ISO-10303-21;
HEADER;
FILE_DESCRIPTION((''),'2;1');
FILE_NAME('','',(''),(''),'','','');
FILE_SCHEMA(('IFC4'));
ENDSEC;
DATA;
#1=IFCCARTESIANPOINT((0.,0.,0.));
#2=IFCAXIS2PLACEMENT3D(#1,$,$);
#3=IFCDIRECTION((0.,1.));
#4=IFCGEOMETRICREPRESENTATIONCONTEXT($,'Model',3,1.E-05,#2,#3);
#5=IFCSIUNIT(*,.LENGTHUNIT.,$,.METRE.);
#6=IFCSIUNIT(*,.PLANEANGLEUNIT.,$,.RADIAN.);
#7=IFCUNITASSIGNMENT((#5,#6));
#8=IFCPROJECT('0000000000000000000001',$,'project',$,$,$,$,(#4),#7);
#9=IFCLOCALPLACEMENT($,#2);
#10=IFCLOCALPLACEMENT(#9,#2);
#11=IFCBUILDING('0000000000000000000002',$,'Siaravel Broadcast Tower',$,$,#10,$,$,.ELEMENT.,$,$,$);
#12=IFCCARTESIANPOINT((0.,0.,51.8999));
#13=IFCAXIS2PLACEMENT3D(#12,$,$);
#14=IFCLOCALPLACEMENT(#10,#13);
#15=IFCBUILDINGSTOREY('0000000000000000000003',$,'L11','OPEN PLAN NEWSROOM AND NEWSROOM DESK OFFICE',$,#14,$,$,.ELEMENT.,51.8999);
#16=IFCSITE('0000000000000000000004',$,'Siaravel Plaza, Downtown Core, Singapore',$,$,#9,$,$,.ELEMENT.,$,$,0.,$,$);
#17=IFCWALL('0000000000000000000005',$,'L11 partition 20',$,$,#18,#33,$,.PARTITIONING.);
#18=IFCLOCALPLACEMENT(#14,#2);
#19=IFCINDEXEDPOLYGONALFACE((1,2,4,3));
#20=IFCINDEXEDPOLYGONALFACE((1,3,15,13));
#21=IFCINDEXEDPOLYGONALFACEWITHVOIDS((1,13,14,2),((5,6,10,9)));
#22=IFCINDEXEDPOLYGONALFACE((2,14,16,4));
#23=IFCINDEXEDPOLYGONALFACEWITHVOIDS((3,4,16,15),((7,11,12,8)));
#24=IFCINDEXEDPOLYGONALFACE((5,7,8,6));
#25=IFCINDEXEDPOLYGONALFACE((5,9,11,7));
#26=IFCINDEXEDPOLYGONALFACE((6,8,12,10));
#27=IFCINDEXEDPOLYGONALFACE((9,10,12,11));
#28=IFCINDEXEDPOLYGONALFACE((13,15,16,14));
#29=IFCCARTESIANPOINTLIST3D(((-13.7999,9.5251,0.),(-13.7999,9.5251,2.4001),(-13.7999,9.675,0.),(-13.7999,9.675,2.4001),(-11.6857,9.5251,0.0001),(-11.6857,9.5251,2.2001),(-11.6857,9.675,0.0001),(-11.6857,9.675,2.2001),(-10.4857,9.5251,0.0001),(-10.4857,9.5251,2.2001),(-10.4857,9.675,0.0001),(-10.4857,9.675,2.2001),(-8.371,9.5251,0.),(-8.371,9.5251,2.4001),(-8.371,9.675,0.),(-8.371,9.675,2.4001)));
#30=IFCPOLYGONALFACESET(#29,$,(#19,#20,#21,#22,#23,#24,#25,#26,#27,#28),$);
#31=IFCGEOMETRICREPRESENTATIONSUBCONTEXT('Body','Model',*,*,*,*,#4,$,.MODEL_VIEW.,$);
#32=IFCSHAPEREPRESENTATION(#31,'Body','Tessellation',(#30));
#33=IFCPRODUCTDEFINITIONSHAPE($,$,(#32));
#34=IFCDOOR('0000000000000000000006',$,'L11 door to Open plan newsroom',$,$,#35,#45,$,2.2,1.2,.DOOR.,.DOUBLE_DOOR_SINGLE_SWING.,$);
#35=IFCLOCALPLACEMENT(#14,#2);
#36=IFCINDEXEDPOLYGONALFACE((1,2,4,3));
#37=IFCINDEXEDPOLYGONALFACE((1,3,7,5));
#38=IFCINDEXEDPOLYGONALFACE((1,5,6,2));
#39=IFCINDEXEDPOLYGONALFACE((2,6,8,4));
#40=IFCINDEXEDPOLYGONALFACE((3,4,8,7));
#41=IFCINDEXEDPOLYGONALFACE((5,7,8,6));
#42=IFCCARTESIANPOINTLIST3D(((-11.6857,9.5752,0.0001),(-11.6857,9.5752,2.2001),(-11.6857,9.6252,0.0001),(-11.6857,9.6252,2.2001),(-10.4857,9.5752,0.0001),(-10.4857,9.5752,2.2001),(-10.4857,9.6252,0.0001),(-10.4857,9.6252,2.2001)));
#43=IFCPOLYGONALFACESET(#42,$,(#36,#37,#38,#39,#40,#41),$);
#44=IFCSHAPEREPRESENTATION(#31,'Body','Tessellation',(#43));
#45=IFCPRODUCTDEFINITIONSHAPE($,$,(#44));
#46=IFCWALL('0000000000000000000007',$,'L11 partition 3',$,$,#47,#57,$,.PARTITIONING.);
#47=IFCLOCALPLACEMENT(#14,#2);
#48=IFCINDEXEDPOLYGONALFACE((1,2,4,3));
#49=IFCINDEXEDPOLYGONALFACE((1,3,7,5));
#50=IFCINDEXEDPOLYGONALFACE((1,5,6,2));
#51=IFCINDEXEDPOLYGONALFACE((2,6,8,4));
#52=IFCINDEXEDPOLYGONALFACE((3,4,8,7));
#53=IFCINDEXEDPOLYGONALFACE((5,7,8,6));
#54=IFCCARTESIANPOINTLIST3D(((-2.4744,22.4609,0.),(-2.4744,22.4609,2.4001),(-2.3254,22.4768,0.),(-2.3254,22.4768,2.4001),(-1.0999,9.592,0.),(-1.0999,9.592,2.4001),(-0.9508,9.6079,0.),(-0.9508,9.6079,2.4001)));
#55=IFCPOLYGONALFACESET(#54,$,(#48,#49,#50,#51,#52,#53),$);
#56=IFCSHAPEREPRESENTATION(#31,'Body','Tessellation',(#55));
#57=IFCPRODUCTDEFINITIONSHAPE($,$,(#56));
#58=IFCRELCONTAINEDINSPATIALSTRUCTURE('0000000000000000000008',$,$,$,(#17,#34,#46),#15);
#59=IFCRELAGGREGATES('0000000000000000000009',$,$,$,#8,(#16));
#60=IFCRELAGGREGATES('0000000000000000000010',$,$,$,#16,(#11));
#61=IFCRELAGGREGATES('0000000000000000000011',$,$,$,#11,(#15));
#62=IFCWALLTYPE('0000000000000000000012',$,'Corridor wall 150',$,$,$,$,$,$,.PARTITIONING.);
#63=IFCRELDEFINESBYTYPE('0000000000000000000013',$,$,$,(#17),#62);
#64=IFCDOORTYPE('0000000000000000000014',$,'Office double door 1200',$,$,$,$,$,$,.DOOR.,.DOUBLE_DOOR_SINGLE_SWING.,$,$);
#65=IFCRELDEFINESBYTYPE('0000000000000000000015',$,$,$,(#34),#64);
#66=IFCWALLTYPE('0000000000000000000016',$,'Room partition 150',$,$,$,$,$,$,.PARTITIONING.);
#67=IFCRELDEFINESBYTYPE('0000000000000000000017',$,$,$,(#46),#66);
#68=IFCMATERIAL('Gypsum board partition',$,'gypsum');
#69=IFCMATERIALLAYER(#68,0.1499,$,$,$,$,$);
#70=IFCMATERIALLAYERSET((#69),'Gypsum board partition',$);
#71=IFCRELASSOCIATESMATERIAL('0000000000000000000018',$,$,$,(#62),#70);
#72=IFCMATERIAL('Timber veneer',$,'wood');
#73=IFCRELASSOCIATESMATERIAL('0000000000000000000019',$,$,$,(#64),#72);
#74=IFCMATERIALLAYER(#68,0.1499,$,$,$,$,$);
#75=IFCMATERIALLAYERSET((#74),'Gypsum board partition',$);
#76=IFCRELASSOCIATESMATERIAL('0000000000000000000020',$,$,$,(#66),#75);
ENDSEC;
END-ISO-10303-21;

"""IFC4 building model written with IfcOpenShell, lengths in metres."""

from ifc_helpers import new_model, si_unit, direction, frame, frame_2d, origin, place, context, subcontext, project, spatial, rectangle, extrude, material, layer, layer_set, type_object, element, fill, save


model = new_model("IFC4")

# Units and contexts
model_context = context("Model", 3, precision=1e-05, world=origin(), true_north=direction((0.0, 1.0)))
body_context = subcontext(model_context, "Body", "Model", "MODEL_VIEW")
ifc_project = project(units=[si_unit("LENGTHUNIT", "METRE"), si_unit("PLANEANGLEUNIT", "RADIAN")], contexts=[model_context])

# Site, building, storey
site_placement = place(None, origin())
site = spatial("IfcSite", under=ifc_project, at=site_placement, Name="Siaravel Plaza, Downtown Core, Singapore", CompositionType="ELEMENT", RefElevation=0.0)
building_placement = place(site_placement, origin())
building = spatial("IfcBuilding", under=site, at=building_placement, Name="Siaravel Broadcast Tower", CompositionType="ELEMENT")
storey_placement = place(building_placement, frame((0.0, 0.0, 51.8999)))
storey = spatial("IfcBuildingStorey", under=building, at=storey_placement, Name="L11", Description="OPEN PLAN NEWSROOM AND NEWSROOM DESK OFFICE", CompositionType="ELEMENT", Elevation=51.8999)

# Wall, opening, door
ifc_material_1 = material(Name="Gypsum board partition", Category="gypsum")
ifc_layer_1 = layer(ifc_material_1, 0.1499)
ifc_layer_set_1 = layer_set([ifc_layer_1], Name="Gypsum board partition")
wall_type_1 = type_object("IfcWallType", Name="Corridor wall 150", PredefinedType="PARTITIONING", material=ifc_layer_set_1)
ifc_material_2 = material(Name="Timber veneer", Category="wood")
door_type = type_object("IfcDoorType", Name="Office double door 1200", OperationType="DOUBLE_DOOR_SINGLE_SWING", PredefinedType="DOOR", material=ifc_material_2)
wall_1_placement = place(storey_placement, frame((-8.3711, 9.6001, 0.0), z_axis=(0.0, 0.0, 1.0), x_axis=(-1.0, 0.0, 0.0)))
wall_1 = element("IfcWall", 1, at=wall_1_placement, inside=storey, type_object=wall_type_1, Name="L11 partition 20", PredefinedType="PARTITIONING", context=body_context, shape_type="SweptSolid", body=[
    extrude(rectangle(XDim=5.429, YDim=0.1499, at=frame_2d((2.7144, 0.0))), origin(), (0.0, 0.0, 1.0), 2.4001),
])
opening_1_placement = place(wall_1_placement, frame((2.1145, 0.0, 0.0)))
opening_1 = element("IfcOpeningElement", 2, at=opening_1_placement, cuts=wall_1, PredefinedType="OPENING", context=body_context, shape_type="SweptSolid", body=[
    extrude(rectangle(XDim=1.2, YDim=2.2, at=frame_2d((0.6001, 1.1001))), frame((0.0, 0.085, 0.0), z_axis=(0.0, -1.0, 0.0), x_axis=(1.0, 0.0, 0.0)), (0.0, 0.0, 1.0), 0.1699),
])
door_1_placement = place(opening_1_placement, origin())
door_1 = element("IfcDoor", 3, at=door_1_placement, inside=storey, type_object=door_type, Name="L11 door to Open plan newsroom", OperationType="DOUBLE_DOOR_SINGLE_SWING", OverallHeight=2.2, OverallWidth=1.2, PredefinedType="DOOR", context=body_context, shape_type="SweptSolid", body=[
    extrude(rectangle(XDim=1.2, YDim=2.2, at=frame_2d((0.6001, 1.1001))), frame((0.0, 0.0249, 0.0), z_axis=(0.0, -1.0, 0.0), x_axis=(1.0, 0.0, 0.0)), (0.0, 0.0, 1.0), 0.05),
])
fill(opening_1, door_1)

# Wall
ifc_layer_2 = layer(ifc_material_1, 0.1499)
ifc_layer_set_2 = layer_set([ifc_layer_2], Name="Gypsum board partition")
wall_type_2 = type_object("IfcWallType", Name="Room partition 150", PredefinedType="PARTITIONING", material=ifc_layer_set_2)
wall_2_placement = place(storey_placement, frame((-2.3999, 22.469, 0.0), z_axis=(0.0, 0.0, 1.0), x_axis=(0.106205, -0.994344, 0.0)))
element("IfcWall", 4, at=wall_2_placement, inside=storey, type_object=wall_type_2, Name="L11 partition 3", PredefinedType="PARTITIONING", context=body_context, shape_type="SweptSolid", body=[
    extrude(rectangle(XDim=12.9421, YDim=0.1499, at=frame_2d((6.4712, 0.0))), origin(), (0.0, 0.0, 1.0), 2.4001),
])

save(model, "model.ifc")
